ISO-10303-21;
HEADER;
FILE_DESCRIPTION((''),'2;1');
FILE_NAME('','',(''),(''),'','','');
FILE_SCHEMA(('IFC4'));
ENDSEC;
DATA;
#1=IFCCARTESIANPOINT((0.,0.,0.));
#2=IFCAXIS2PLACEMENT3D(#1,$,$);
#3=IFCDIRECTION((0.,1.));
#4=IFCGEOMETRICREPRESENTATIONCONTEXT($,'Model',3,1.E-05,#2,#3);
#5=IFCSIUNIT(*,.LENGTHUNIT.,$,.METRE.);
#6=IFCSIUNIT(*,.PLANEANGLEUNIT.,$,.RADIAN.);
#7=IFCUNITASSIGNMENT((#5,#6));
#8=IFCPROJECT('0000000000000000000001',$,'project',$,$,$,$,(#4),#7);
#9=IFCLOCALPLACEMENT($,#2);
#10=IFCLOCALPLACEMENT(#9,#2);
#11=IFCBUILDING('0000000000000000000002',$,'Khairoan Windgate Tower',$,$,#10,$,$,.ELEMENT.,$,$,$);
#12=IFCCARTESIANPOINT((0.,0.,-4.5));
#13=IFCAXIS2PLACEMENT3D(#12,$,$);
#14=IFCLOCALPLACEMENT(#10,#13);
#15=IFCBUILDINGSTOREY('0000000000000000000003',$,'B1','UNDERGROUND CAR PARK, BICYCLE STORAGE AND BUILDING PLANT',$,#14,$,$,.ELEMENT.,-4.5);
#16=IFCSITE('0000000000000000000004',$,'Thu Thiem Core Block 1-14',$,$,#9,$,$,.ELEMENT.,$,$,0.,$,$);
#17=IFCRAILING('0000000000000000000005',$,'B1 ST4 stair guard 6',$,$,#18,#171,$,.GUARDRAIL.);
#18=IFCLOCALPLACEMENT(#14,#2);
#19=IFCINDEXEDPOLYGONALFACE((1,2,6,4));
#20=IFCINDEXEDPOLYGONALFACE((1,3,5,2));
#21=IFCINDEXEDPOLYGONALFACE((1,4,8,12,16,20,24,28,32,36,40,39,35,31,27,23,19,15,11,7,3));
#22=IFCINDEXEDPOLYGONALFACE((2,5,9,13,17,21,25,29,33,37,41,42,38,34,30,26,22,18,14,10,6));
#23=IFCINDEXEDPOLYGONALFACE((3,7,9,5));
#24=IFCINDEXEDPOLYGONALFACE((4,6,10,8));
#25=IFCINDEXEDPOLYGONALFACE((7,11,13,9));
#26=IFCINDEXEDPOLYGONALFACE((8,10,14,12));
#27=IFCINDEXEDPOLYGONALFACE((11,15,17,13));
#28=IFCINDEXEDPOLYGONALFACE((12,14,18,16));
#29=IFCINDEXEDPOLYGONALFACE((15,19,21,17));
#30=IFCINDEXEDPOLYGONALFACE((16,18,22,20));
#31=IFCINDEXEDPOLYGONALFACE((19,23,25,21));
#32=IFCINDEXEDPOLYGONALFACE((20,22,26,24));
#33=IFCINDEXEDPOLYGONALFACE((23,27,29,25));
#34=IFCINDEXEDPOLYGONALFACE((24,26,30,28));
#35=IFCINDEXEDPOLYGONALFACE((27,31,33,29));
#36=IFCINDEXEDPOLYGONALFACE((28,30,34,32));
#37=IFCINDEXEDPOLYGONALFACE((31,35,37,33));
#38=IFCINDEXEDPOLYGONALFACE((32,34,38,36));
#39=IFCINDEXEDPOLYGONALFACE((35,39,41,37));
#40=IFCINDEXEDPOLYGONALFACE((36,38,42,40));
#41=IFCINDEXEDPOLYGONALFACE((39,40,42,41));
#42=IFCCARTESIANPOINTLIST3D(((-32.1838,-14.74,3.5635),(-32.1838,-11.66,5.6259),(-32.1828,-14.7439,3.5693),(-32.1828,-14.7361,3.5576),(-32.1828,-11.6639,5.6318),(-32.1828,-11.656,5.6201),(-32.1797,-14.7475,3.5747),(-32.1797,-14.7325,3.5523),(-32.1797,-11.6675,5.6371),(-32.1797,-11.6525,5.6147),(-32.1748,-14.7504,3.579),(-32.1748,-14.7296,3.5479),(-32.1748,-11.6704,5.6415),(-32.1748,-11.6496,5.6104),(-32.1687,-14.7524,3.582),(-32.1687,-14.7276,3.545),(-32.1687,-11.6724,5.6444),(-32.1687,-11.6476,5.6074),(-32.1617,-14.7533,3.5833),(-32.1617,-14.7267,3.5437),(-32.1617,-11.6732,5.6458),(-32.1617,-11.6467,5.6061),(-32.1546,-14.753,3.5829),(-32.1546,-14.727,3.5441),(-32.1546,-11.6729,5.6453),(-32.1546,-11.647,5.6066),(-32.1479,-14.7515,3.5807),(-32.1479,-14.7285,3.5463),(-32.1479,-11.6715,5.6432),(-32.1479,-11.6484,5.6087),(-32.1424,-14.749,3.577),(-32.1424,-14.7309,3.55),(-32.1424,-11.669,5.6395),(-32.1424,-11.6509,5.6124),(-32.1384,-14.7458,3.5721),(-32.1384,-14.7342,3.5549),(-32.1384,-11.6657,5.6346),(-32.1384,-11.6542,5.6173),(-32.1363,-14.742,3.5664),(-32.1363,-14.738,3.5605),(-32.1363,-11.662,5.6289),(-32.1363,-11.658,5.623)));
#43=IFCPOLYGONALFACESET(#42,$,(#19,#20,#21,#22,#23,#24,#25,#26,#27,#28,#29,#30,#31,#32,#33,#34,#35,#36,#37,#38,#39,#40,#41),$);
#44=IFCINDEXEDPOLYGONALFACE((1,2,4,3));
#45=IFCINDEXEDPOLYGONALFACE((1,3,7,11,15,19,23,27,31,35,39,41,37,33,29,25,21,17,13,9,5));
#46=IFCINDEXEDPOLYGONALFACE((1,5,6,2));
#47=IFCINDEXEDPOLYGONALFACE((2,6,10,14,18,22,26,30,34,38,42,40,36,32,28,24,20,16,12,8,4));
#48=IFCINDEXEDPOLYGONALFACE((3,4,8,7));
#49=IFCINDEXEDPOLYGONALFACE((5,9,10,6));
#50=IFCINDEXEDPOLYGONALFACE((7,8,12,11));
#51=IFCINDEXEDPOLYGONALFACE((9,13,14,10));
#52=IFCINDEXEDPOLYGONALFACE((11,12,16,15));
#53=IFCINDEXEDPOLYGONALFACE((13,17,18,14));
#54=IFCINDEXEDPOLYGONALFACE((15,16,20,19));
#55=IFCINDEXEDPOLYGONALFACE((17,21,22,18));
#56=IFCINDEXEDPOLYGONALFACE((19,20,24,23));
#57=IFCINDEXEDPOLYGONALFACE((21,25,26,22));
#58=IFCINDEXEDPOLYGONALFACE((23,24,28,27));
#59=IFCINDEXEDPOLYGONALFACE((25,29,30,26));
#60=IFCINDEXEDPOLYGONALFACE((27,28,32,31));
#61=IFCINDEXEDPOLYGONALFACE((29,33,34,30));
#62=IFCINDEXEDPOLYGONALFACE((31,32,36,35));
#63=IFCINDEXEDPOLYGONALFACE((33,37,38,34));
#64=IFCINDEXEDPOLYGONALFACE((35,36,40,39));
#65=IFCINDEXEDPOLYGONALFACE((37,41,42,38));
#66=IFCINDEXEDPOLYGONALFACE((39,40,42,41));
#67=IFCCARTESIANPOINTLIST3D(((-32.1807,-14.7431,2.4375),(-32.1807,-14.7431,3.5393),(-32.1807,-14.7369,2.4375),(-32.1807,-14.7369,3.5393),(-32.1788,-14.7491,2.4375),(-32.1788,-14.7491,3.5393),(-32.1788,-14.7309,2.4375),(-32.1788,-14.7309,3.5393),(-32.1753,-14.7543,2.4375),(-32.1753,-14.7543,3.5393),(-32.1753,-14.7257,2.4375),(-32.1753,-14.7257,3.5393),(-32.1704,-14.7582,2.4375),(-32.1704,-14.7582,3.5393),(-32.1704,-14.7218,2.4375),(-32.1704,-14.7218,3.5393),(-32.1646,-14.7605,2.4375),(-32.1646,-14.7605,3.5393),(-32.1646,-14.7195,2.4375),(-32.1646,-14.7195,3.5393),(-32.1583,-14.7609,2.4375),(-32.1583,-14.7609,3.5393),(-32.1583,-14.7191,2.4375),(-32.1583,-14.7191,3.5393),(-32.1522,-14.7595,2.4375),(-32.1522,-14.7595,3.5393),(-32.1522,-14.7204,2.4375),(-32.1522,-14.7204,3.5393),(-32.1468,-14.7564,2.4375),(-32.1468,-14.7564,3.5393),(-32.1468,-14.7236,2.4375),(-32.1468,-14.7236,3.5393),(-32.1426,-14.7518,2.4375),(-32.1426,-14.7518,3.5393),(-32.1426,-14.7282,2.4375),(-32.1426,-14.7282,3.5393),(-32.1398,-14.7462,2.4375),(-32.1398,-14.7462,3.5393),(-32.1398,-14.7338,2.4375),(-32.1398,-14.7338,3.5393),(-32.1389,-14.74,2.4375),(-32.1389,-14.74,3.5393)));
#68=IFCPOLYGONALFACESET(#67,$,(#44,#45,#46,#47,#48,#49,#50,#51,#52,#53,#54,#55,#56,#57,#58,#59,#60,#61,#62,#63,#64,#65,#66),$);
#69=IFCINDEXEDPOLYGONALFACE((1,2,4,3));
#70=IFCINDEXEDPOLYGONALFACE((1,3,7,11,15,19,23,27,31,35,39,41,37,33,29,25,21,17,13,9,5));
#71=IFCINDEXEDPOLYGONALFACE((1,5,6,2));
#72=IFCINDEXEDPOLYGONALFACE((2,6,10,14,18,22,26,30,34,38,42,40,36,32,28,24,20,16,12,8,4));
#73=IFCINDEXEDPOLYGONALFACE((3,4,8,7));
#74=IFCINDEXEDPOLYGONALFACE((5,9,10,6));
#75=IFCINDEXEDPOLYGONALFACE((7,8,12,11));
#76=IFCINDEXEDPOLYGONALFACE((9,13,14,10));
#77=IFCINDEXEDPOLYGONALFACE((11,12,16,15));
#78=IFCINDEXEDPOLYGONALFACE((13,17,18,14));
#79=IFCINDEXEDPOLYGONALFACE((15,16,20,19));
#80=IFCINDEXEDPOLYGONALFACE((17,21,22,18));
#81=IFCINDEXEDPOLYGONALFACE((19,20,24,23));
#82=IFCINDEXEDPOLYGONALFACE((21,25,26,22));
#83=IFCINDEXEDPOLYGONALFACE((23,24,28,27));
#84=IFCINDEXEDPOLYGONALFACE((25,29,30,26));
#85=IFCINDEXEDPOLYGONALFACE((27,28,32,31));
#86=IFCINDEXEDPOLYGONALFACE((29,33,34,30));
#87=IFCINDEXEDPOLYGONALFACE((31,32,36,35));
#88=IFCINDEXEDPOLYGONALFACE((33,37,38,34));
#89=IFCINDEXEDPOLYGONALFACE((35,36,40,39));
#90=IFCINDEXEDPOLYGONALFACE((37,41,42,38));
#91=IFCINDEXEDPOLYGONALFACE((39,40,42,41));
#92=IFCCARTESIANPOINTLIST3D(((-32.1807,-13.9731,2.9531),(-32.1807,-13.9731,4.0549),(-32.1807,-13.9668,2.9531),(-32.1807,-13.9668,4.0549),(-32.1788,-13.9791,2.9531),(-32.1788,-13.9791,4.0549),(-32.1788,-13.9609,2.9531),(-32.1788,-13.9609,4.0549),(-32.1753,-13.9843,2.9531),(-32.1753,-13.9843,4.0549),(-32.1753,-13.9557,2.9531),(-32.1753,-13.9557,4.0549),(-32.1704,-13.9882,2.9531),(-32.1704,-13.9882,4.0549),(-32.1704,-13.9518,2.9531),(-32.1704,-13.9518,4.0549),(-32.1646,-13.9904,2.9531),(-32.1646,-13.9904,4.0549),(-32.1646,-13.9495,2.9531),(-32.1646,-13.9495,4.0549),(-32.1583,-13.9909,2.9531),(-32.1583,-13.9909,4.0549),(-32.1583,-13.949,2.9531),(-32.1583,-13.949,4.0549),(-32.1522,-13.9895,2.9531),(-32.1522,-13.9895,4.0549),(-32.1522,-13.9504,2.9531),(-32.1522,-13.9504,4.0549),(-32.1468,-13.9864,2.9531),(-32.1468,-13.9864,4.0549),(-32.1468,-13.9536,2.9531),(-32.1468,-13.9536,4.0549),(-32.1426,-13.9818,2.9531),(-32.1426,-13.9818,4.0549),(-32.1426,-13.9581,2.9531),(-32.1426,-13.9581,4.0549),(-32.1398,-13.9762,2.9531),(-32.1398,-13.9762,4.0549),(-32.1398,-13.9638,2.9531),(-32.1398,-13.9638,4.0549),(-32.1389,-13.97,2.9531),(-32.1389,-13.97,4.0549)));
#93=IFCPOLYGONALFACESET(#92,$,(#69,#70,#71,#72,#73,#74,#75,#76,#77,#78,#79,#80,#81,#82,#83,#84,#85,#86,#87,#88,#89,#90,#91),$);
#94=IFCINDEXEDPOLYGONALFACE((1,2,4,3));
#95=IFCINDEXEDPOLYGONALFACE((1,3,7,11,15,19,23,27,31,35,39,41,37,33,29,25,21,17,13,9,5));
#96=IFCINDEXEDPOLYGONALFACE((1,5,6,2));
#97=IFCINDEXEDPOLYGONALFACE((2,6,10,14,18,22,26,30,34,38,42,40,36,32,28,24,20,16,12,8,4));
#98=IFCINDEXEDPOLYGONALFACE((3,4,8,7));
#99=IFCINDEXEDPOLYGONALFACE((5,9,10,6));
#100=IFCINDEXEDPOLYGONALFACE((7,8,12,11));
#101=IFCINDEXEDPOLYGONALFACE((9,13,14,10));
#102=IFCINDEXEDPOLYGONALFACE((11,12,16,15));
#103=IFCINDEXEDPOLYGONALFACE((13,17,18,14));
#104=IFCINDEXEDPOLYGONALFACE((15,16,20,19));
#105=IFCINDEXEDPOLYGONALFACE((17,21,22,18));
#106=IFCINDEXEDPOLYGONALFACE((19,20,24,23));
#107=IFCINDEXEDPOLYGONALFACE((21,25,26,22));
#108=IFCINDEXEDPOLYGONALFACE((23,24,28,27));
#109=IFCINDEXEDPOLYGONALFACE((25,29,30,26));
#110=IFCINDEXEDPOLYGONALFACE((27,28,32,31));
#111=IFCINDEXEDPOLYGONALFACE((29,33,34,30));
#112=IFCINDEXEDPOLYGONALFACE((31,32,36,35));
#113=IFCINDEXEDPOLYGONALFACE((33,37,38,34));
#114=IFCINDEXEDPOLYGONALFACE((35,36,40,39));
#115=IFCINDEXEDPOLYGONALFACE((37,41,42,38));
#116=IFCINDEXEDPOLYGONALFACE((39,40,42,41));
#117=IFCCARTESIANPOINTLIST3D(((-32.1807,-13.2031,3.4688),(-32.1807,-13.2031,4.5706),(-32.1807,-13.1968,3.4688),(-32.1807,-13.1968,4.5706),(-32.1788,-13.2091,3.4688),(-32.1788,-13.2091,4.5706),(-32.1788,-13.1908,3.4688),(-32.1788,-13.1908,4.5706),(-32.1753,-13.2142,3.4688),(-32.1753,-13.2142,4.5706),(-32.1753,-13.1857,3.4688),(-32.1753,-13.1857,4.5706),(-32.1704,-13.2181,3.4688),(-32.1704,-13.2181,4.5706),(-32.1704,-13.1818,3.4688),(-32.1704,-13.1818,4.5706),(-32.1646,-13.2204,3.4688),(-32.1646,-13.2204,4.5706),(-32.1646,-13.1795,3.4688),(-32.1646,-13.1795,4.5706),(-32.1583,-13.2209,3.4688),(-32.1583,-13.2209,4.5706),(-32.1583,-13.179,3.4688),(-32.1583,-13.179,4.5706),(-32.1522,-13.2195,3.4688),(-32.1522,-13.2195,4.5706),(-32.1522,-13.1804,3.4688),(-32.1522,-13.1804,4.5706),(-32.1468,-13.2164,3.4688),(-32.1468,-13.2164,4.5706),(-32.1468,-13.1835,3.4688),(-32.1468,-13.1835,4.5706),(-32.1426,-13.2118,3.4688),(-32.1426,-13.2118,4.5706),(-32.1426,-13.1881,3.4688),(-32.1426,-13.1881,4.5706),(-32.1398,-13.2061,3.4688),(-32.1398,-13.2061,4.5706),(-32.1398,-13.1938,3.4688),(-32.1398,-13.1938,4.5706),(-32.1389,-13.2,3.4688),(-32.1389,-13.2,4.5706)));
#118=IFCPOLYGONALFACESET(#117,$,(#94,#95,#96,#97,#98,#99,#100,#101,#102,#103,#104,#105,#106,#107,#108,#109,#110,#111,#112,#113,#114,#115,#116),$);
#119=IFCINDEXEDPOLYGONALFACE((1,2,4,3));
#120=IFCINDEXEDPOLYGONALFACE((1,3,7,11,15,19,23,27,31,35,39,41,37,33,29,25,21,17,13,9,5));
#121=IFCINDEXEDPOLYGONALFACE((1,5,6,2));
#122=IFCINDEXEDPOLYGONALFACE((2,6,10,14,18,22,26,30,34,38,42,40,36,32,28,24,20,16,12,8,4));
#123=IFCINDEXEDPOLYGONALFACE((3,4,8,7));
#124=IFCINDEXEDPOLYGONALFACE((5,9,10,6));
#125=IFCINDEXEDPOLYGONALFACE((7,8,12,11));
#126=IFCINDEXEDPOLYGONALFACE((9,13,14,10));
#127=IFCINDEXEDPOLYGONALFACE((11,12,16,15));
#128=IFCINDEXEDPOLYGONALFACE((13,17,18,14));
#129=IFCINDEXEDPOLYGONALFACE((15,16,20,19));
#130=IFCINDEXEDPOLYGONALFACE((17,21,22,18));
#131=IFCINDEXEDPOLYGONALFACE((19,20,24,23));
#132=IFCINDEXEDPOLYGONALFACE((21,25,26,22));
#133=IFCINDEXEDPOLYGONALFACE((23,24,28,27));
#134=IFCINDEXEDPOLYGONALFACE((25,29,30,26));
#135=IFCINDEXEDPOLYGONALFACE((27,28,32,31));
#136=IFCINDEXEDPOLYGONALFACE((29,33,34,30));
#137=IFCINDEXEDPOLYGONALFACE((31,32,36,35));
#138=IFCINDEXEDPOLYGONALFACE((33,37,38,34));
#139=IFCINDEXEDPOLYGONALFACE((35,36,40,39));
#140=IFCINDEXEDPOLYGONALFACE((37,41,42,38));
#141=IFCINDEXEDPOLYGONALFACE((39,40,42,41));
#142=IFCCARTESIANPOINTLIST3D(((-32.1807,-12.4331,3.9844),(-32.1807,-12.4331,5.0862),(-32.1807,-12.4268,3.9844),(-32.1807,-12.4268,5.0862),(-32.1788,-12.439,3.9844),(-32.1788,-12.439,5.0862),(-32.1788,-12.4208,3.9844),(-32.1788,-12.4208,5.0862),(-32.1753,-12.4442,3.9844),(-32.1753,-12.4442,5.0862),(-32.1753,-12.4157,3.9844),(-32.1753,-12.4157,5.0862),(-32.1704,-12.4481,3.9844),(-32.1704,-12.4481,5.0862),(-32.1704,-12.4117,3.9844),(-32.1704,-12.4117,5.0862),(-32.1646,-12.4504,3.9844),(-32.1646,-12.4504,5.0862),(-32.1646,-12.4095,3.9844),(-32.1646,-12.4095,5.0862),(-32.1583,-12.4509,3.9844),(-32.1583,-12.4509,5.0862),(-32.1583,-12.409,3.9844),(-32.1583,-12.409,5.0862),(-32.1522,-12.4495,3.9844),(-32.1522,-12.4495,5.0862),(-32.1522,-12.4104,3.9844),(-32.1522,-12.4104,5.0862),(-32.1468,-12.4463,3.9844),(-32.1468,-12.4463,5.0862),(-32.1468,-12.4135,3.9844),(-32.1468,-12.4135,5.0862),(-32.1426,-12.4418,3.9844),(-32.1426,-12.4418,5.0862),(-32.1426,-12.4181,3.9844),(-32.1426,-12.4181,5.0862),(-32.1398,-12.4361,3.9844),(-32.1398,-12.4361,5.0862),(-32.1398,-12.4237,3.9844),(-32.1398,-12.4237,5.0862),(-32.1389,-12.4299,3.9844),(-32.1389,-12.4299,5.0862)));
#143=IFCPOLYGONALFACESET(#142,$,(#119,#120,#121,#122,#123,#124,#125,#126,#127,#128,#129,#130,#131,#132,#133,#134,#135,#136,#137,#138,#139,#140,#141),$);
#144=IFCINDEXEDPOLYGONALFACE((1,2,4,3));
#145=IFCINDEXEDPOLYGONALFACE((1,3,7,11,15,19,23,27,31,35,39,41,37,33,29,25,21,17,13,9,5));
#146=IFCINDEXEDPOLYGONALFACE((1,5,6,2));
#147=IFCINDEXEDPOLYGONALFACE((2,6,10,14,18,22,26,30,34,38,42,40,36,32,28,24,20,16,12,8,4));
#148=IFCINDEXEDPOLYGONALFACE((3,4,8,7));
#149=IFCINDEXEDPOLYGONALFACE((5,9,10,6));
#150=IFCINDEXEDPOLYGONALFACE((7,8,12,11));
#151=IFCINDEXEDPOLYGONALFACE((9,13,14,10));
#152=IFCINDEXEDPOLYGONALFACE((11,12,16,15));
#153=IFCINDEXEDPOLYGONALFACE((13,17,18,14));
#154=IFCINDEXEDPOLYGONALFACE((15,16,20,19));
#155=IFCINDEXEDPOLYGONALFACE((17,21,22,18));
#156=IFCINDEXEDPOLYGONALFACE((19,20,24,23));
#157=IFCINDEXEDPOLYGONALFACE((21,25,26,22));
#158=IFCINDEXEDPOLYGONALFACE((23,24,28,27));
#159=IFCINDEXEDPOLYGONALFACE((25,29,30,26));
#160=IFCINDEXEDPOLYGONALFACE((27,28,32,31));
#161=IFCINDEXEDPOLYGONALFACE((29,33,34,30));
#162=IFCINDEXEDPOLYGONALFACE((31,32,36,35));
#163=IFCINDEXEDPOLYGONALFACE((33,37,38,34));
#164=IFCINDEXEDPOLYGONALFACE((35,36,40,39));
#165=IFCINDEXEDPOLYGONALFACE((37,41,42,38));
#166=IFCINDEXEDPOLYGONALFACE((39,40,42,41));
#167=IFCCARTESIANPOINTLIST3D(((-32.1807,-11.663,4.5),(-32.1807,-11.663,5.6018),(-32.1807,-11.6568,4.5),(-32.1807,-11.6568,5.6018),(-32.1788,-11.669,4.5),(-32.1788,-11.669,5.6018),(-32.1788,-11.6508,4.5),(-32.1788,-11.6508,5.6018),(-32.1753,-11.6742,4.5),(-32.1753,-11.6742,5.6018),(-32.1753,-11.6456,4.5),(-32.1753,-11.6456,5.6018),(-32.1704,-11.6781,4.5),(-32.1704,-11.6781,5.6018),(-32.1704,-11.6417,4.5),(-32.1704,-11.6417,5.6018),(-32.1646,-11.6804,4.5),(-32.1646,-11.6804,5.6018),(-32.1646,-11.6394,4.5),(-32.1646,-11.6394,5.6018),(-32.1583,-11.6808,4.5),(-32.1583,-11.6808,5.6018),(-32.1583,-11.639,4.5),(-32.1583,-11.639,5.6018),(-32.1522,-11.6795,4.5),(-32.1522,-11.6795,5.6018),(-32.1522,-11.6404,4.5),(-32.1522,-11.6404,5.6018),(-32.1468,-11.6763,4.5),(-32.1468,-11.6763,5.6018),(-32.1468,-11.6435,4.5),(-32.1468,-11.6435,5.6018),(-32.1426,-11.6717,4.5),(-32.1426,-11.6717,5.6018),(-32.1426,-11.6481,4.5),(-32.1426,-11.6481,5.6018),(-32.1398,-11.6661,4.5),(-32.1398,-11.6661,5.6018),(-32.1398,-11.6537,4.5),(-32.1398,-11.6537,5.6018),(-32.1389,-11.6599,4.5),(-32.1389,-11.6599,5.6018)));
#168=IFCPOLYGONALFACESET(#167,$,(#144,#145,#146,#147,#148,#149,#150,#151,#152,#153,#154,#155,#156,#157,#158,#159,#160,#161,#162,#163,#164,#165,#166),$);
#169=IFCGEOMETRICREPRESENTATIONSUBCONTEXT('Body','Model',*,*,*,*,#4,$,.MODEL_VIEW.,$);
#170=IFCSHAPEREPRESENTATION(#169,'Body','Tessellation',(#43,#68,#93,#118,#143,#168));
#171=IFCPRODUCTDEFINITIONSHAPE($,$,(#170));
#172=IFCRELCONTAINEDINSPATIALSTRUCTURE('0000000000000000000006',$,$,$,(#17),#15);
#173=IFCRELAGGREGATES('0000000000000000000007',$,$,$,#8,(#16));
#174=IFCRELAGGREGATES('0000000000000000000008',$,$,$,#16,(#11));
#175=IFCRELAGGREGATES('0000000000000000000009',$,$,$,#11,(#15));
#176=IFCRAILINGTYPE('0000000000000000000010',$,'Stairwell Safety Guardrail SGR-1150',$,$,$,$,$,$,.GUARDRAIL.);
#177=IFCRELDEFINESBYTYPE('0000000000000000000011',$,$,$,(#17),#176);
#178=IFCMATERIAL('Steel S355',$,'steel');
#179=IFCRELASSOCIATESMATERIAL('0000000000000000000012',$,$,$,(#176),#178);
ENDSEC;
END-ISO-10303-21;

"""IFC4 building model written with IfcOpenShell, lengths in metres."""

from ifc_helpers import new_model, si_unit, direction, frame, origin, origin_2d, place, context, subcontext, project, spatial, circle, extrude, material, type_object, element, save


model = new_model("IFC4")

# Units and contexts
model_context = context("Model", 3, precision=1e-05, world=origin(), true_north=direction((0.0, 1.0)))
body_context = subcontext(model_context, "Body", "Model", "MODEL_VIEW")
ifc_project = project(units=[si_unit("LENGTHUNIT", "METRE"), si_unit("PLANEANGLEUNIT", "RADIAN")], contexts=[model_context])

# Site, building, storey
site_placement = place(None, origin())
site = spatial("IfcSite", under=ifc_project, at=site_placement, Name="Thu Thiem Core Block 1-14", CompositionType="ELEMENT", RefElevation=0.0)
building_placement = place(site_placement, origin())
building = spatial("IfcBuilding", under=site, at=building_placement, Name="Khairoan Windgate Tower", CompositionType="ELEMENT")
storey_placement = place(building_placement, frame((0.0, 0.0, -4.5)))
storey = spatial("IfcBuildingStorey", under=building, at=storey_placement, Name="B1", Description="UNDERGROUND CAR PARK, BICYCLE STORAGE AND BUILDING PLANT", CompositionType="ELEMENT", Elevation=-4.5)

# Railing
ifc_material_1 = material(Name="Steel S355", Category="steel")
railing_type_1 = type_object("IfcRailingType", Name="Stairwell Safety Guardrail SGR-1150", PredefinedType="GUARDRAIL", material=ifc_material_1)
railing_1_placement = place(storey_placement, frame((-32.1599, -14.74, 2.4375)))
element("IfcRailing", 1, at=railing_1_placement, inside=storey, type_object=railing_type_1, Name="B1 ST4 stair guard 6", PredefinedType="GUARDRAIL", context=body_context, shape_type="SweptSolid", body=[
    extrude(circle(Radius=0.0239, at=origin_2d()), frame((0.0, 0.0, 1.126), z_axis=(0.0, 0.830914, 0.556401), x_axis=(-1.0, 0.0, 0.0)), (0.0, 0.0, 1.0), 3.7068),
    extrude(circle(Radius=0.021, at=origin_2d()), origin(), (0.0, 0.0, 1.0), 1.1018),
    extrude(circle(Radius=0.021, at=origin_2d()), frame((0.0, 0.77, 0.5156)), (0.0, 0.0, 1.0), 1.1018),
    extrude(circle(Radius=0.021, at=origin_2d()), frame((0.0, 1.54, 1.0312)), (0.0, 0.0, 1.0), 1.1018),
    extrude(circle(Radius=0.021, at=origin_2d()), frame((0.0, 2.3101, 1.5469)), (0.0, 0.0, 1.0), 1.1018),
    extrude(circle(Radius=0.021, at=origin_2d()), frame((0.0, 3.0801, 2.0625)), (0.0, 0.0, 1.0), 1.1018),
])

save(model, "model.ifc")
